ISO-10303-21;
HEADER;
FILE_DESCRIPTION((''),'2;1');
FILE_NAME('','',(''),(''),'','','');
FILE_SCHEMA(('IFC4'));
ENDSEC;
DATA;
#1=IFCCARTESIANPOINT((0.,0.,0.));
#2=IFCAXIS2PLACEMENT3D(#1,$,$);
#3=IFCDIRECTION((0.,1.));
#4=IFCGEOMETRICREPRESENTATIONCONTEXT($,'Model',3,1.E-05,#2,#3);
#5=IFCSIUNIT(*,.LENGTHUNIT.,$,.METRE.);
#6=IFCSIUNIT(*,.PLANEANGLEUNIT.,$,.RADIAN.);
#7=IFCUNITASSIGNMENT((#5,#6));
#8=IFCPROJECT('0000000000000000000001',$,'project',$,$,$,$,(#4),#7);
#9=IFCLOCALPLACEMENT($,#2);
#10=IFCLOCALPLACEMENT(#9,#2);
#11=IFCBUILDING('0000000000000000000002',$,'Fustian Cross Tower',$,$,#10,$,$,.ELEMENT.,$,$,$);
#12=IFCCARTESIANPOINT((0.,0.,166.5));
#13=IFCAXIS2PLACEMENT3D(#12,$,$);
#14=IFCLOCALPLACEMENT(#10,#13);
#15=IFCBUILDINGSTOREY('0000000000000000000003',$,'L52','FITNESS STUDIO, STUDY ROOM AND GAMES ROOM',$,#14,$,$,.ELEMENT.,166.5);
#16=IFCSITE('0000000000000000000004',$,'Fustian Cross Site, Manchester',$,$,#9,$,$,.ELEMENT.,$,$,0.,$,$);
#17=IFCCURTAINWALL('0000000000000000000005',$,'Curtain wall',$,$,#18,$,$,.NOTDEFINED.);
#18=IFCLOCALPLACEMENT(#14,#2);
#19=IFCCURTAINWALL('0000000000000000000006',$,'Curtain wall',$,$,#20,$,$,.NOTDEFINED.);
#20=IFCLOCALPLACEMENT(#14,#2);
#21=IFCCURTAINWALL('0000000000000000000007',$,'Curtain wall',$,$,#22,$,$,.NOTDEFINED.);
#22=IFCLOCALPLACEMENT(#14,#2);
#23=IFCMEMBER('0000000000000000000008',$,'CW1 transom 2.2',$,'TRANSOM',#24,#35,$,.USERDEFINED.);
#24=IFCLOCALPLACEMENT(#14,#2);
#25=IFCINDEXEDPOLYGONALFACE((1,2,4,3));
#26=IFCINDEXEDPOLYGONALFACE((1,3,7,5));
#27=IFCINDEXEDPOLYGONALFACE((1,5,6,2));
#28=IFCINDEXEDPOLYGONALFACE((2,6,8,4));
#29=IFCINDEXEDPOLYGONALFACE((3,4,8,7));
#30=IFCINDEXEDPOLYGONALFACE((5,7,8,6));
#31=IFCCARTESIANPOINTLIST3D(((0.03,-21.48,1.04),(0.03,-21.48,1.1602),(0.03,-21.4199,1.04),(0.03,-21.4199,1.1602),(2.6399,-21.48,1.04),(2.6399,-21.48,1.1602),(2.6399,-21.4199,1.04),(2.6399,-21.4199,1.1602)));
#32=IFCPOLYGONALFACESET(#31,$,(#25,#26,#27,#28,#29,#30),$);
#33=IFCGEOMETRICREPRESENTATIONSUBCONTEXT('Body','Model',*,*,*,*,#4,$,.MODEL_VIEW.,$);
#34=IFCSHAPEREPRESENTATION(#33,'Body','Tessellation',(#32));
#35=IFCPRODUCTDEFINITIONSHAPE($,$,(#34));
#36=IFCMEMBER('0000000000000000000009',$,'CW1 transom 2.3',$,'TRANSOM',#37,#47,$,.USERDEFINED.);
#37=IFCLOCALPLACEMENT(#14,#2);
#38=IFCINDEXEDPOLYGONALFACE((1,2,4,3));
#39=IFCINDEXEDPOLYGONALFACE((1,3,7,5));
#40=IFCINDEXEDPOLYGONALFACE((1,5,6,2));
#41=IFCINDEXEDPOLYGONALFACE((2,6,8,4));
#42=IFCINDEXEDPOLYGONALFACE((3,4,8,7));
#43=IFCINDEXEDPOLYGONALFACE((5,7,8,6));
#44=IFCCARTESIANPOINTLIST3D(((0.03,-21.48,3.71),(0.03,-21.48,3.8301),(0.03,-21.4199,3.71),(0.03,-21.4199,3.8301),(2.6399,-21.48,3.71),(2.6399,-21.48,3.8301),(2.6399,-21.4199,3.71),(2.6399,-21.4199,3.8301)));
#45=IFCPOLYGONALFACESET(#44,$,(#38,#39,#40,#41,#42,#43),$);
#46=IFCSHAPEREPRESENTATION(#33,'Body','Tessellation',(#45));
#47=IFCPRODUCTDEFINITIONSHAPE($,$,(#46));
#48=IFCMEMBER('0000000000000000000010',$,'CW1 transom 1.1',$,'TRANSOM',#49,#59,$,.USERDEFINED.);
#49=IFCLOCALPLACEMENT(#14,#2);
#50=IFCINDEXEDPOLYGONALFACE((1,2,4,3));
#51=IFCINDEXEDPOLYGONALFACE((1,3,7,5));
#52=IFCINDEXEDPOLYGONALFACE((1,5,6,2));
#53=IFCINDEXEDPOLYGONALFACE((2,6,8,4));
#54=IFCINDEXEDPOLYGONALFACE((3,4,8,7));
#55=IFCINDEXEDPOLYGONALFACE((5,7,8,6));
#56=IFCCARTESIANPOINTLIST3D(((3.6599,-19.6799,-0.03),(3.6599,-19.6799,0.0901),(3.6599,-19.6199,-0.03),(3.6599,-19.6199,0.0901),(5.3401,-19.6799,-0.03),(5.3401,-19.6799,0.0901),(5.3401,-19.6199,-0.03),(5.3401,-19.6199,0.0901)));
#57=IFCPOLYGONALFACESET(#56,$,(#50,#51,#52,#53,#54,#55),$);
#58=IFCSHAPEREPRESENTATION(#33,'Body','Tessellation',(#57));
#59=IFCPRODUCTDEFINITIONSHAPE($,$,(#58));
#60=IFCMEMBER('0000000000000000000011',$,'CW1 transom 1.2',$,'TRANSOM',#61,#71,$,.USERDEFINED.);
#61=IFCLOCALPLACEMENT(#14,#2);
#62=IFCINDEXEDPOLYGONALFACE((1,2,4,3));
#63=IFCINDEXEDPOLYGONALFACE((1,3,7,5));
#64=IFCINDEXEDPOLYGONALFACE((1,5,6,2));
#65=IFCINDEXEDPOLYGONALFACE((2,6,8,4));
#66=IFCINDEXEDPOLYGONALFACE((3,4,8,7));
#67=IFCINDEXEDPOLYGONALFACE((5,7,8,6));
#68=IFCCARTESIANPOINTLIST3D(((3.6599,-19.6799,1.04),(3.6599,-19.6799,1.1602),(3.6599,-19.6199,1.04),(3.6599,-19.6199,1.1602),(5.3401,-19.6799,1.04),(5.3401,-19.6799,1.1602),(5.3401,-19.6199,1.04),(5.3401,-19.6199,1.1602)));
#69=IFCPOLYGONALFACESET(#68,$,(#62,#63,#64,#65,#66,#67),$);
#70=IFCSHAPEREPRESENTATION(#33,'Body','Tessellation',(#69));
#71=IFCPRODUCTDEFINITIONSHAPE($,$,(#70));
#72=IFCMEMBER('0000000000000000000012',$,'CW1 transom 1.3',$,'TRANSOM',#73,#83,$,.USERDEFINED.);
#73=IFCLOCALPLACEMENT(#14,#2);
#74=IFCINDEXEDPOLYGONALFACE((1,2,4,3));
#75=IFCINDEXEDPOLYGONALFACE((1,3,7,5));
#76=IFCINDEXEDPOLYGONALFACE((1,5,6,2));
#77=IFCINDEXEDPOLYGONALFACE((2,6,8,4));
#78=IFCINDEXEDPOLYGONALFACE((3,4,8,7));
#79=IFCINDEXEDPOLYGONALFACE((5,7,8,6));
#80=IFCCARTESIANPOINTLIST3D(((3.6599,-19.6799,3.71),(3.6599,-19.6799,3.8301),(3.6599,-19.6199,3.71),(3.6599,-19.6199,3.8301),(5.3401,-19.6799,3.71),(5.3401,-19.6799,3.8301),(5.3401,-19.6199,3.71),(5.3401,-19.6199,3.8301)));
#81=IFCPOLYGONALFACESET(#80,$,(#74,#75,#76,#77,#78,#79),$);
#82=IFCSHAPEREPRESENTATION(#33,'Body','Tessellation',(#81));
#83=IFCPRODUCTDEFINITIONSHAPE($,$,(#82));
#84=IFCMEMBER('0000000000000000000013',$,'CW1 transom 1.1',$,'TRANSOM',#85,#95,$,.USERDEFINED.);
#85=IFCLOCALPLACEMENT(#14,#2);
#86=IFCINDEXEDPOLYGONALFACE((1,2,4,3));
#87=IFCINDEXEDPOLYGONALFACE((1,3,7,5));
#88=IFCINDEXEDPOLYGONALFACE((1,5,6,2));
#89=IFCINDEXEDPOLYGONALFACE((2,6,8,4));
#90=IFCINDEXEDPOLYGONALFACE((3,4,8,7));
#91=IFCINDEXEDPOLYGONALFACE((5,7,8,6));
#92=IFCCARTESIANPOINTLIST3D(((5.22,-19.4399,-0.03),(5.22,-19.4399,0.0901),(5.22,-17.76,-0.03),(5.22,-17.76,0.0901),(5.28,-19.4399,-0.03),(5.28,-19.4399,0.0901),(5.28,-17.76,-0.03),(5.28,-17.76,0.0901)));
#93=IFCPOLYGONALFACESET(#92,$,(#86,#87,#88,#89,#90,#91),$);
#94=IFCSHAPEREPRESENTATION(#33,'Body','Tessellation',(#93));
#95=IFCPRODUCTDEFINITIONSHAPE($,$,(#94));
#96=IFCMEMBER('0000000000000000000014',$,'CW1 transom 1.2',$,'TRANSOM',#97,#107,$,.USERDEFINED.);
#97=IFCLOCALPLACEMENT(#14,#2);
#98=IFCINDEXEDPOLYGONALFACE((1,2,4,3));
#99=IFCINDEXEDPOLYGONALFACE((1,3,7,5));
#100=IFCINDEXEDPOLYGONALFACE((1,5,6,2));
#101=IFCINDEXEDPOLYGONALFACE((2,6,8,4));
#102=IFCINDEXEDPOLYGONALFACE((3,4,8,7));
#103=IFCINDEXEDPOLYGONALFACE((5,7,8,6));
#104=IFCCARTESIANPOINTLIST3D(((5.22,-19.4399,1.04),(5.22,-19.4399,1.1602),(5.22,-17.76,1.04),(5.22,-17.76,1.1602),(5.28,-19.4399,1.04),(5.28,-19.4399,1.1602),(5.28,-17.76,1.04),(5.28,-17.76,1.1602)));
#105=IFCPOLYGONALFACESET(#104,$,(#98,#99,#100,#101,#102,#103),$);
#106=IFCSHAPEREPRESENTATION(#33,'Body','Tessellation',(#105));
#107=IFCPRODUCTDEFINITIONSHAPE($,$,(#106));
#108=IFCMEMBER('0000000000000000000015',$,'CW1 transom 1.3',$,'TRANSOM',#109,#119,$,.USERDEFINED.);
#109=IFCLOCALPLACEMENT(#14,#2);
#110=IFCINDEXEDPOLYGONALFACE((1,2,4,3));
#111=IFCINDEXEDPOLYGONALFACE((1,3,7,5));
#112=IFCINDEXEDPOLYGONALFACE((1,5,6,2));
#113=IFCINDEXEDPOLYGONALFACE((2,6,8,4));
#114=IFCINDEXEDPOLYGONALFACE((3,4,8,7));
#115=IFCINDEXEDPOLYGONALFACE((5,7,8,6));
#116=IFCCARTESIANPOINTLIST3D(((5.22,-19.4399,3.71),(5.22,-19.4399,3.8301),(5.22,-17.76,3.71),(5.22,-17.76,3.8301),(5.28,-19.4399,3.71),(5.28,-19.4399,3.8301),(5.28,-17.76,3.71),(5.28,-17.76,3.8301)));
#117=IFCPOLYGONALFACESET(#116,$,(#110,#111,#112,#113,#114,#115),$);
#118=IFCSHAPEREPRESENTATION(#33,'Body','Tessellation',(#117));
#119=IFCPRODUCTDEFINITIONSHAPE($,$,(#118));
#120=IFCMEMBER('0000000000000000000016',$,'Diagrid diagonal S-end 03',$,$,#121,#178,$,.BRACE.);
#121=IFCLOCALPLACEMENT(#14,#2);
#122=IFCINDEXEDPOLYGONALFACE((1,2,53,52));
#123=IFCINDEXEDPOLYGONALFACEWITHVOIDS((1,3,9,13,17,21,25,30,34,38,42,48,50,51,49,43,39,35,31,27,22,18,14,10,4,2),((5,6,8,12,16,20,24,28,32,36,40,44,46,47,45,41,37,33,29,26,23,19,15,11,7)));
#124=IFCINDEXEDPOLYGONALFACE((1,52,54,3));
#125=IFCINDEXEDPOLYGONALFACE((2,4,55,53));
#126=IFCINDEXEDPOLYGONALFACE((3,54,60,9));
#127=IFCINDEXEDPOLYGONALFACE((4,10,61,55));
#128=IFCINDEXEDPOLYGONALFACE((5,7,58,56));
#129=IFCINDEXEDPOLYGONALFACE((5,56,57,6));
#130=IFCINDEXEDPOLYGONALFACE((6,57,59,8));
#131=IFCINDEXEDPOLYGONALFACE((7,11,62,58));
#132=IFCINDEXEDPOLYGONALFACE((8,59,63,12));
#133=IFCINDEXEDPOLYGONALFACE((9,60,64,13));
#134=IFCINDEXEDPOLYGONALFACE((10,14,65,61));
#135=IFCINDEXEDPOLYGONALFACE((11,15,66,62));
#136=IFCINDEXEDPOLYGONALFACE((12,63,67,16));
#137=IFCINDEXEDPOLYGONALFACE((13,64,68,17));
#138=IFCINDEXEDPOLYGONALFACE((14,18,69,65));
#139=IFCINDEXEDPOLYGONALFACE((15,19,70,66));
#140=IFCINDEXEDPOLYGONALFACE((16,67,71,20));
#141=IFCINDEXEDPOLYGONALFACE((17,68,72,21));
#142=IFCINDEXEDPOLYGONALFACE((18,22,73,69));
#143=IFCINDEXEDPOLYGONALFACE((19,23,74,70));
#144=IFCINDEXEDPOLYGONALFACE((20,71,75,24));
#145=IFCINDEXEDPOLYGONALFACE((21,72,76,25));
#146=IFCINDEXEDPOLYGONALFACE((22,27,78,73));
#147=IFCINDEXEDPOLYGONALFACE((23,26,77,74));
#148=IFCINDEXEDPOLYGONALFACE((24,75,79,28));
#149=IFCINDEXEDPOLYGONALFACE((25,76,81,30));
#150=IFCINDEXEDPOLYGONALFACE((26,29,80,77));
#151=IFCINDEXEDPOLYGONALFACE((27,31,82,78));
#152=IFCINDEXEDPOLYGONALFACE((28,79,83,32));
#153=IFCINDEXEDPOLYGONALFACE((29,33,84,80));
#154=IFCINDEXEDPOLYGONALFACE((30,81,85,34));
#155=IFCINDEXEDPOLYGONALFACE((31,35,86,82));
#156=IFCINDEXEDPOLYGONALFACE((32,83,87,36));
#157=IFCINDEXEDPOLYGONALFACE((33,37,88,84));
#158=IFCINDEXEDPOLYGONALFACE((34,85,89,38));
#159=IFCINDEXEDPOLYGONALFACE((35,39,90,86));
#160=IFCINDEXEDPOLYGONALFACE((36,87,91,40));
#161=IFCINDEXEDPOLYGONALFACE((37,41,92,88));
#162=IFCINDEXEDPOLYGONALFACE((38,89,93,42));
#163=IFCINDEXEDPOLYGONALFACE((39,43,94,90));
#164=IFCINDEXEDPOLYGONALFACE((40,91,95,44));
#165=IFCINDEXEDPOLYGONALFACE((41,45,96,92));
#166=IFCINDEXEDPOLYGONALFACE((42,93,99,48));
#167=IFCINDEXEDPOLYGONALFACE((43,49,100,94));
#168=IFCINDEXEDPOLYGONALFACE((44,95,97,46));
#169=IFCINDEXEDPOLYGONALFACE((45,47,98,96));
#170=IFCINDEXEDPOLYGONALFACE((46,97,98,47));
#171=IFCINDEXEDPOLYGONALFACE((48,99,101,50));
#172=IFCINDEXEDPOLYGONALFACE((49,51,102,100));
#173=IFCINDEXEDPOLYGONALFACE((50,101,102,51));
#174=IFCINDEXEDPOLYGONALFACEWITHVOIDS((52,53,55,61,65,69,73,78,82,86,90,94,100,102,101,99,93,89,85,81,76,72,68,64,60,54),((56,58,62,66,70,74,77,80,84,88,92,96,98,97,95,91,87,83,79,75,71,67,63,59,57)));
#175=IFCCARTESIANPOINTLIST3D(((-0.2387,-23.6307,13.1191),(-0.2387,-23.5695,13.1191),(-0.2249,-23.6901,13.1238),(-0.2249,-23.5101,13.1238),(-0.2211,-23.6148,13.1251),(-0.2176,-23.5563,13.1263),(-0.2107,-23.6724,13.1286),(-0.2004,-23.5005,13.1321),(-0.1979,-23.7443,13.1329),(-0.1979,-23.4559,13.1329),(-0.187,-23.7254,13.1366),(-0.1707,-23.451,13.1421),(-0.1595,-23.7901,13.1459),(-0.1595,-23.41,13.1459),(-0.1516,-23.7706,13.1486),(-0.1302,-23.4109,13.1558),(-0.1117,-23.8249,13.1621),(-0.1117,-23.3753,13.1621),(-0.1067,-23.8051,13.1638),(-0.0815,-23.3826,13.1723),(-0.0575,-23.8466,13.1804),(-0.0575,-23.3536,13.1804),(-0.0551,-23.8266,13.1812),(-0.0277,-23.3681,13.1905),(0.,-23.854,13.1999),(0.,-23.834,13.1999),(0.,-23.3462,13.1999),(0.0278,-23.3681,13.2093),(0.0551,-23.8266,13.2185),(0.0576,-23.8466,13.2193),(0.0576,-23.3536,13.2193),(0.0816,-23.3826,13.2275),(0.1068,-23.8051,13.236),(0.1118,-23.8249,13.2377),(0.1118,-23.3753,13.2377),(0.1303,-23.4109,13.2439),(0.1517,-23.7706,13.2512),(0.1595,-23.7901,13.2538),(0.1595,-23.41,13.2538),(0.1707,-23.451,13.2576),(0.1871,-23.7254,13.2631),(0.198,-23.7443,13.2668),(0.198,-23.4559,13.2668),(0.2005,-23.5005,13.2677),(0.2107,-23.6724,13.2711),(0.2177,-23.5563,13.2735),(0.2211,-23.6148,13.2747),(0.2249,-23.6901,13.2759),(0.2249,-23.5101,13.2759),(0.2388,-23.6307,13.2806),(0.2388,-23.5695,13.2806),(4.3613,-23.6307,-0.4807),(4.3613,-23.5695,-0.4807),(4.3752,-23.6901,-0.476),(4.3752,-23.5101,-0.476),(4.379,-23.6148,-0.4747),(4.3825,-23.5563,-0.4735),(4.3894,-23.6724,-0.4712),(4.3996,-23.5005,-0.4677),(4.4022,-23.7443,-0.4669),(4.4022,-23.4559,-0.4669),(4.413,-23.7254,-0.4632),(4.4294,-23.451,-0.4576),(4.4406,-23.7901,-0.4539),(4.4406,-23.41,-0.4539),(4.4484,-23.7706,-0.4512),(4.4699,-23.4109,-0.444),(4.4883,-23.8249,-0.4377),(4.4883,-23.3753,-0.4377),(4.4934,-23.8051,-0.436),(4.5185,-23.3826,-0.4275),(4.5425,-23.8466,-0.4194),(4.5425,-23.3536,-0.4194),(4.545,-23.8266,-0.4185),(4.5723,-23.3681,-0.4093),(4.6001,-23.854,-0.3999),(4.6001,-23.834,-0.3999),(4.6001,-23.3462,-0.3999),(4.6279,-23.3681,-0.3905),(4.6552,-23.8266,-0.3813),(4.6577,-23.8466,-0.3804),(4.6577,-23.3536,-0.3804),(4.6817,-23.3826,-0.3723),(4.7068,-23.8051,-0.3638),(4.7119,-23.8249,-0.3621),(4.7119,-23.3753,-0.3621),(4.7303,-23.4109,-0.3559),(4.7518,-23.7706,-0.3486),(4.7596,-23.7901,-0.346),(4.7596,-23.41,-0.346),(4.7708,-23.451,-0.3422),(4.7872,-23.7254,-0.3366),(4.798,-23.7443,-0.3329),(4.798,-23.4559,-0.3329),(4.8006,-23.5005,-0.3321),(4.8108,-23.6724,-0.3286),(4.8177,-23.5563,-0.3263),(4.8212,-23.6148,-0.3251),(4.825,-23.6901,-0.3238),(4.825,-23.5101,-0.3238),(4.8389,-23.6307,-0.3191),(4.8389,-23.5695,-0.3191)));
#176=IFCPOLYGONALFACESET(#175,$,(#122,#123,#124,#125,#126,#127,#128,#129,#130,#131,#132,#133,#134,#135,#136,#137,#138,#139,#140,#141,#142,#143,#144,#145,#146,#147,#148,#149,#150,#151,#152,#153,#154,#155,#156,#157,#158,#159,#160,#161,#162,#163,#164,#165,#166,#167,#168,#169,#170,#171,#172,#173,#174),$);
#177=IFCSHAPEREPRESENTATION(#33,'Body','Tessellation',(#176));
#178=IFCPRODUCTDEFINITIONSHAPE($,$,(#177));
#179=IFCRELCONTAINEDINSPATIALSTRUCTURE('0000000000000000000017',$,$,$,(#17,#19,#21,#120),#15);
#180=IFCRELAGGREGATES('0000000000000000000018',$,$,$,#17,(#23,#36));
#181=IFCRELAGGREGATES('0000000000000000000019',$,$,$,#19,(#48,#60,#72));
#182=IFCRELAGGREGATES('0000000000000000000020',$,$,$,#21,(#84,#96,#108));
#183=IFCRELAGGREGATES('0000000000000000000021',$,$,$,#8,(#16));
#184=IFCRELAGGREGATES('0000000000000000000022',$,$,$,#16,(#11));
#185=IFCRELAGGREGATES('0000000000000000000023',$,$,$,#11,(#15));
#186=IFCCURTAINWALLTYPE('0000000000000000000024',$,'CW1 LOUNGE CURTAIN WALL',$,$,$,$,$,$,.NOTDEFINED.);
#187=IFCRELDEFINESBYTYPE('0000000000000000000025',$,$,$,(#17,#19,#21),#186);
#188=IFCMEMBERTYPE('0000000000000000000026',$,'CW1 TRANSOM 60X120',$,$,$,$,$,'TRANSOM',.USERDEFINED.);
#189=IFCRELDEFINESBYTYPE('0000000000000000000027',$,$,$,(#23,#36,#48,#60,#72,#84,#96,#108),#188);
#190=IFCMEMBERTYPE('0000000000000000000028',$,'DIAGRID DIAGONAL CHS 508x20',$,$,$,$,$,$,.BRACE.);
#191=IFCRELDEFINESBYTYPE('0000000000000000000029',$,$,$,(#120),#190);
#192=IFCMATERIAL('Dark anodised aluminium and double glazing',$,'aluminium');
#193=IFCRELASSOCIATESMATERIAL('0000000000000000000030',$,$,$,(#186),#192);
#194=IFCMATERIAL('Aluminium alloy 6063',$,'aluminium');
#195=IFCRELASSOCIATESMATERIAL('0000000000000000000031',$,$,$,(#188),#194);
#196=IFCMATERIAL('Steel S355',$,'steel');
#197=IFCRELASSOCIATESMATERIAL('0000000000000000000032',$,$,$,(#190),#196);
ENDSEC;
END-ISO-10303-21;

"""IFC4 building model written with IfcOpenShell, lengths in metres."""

from ifc_helpers import new_model, si_unit, direction, frame, origin, origin_2d, place, context, subcontext, project, spatial, rectangle, hollow_circle, extrude, material, material_profile, profile_set, type_object, element, aggregate, save


model = new_model("IFC4")

# Units and contexts
model_context = context("Model", 3, precision=1e-05, world=origin(), true_north=direction((0.0, 1.0)))
body_context = subcontext(model_context, "Body", "Model", "MODEL_VIEW")
ifc_project = project(units=[si_unit("LENGTHUNIT", "METRE"), si_unit("PLANEANGLEUNIT", "RADIAN")], contexts=[model_context])

# Site, building, storey
site_placement = place(None, origin())
site = spatial("IfcSite", under=ifc_project, at=site_placement, Name="Fustian Cross Site, Manchester", CompositionType="ELEMENT", RefElevation=0.0)
building_placement = place(site_placement, origin())
building = spatial("IfcBuilding", under=site, at=building_placement, Name="Fustian Cross Tower", CompositionType="ELEMENT")
storey_placement = place(building_placement, frame((0.0, 0.0, 166.5)))
storey = spatial("IfcBuildingStorey", under=building, at=storey_placement, Name="L52", Description="FITNESS STUDIO, STUDY ROOM AND GAMES ROOM", CompositionType="ELEMENT", Elevation=166.5)

# Shared definitions
ifc_material_1 = material(Name="Dark anodised aluminium and double glazing", Category="aluminium")
curtain_wall_type = type_object("IfcCurtainWallType", Name="CW1 LOUNGE CURTAIN WALL", PredefinedType="NOTDEFINED", material=ifc_material_1)

# Curtain walls
curtain_wall_1_placement = place(storey_placement, origin())
curtain_wall_1 = element("IfcCurtainWall", 1, at=curtain_wall_1_placement, inside=storey, type_object=curtain_wall_type, Name="Curtain wall", PredefinedType="NOTDEFINED")
curtain_wall_2_placement = place(storey_placement, origin())
curtain_wall_2 = element("IfcCurtainWall", 2, at=curtain_wall_2_placement, inside=storey, type_object=curtain_wall_type, Name="Curtain wall", PredefinedType="NOTDEFINED")
curtain_wall_3_placement = place(storey_placement, origin())
curtain_wall_3 = element("IfcCurtainWall", 3, at=curtain_wall_3_placement, inside=storey, type_object=curtain_wall_type, Name="Curtain wall", PredefinedType="NOTDEFINED")

# Members
ifc_material_2 = material(Name="Aluminium alloy 6063", Category="aluminium")
ifc_material_profile_1 = material_profile(ifc_material_2, rectangle(XDim=0.0601, YDim=0.1201, at=origin_2d()), Name="CW1 TRANSOM 60X120")
ifc_profile_set_1 = profile_set([ifc_material_profile_1], Name="Aluminium alloy 6063")
member_type_1 = type_object("IfcMemberType", Name="CW1 TRANSOM 60X120", ElementType="TRANSOM", PredefinedType="USERDEFINED", material=ifc_profile_set_1)
member_1_placement = place(storey_placement, frame((0.03, -21.45, 1.1001), z_axis=(1.0, 0.0, 0.0), x_axis=(0.0, 1.0, 0.0)))
member_1 = element("IfcMember", 4, at=member_1_placement, type_object=member_type_1, Name="CW1 transom 2.2", ObjectType="TRANSOM", PredefinedType="USERDEFINED", context=body_context, shape_type="SweptSolid", body=[
    extrude(rectangle(XDim=0.0601, YDim=0.1201, at=origin_2d()), origin(), (0.0, 0.0, 1.0), 2.6099),
])
member_2_placement = place(storey_placement, frame((0.03, -21.45, 3.77), z_axis=(1.0, 0.0, 0.0), x_axis=(0.0, 1.0, 0.0)))
member_2 = element("IfcMember", 5, at=member_2_placement, type_object=member_type_1, Name="CW1 transom 2.3", ObjectType="TRANSOM", PredefinedType="USERDEFINED", context=body_context, shape_type="SweptSolid", body=[
    extrude(rectangle(XDim=0.0601, YDim=0.1201, at=origin_2d()), origin(), (0.0, 0.0, 1.0), 2.6099),
])
member_3_placement = place(storey_placement, frame((3.6599, -19.6499, 0.03), z_axis=(1.0, 0.0, 0.0), x_axis=(0.0, 1.0, 0.0)))
member_3 = element("IfcMember", 6, at=member_3_placement, type_object=member_type_1, Name="CW1 transom 1.1", ObjectType="TRANSOM", PredefinedType="USERDEFINED", context=body_context, shape_type="SweptSolid", body=[
    extrude(rectangle(XDim=0.0601, YDim=0.1201, at=origin_2d()), origin(), (0.0, 0.0, 1.0), 1.6802),
])
member_4_placement = place(storey_placement, frame((3.6599, -19.6499, 1.1001), z_axis=(1.0, 0.0, 0.0), x_axis=(0.0, 1.0, 0.0)))
member_4 = element("IfcMember", 7, at=member_4_placement, type_object=member_type_1, Name="CW1 transom 1.2", ObjectType="TRANSOM", PredefinedType="USERDEFINED", context=body_context, shape_type="SweptSolid", body=[
    extrude(rectangle(XDim=0.0601, YDim=0.1201, at=origin_2d()), origin(), (0.0, 0.0, 1.0), 1.6802),
])
member_5_placement = place(storey_placement, frame((3.6599, -19.6499, 3.77), z_axis=(1.0, 0.0, 0.0), x_axis=(0.0, 1.0, 0.0)))
member_5 = element("IfcMember", 8, at=member_5_placement, type_object=member_type_1, Name="CW1 transom 1.3", ObjectType="TRANSOM", PredefinedType="USERDEFINED", context=body_context, shape_type="SweptSolid", body=[
    extrude(rectangle(XDim=0.0601, YDim=0.1201, at=origin_2d()), origin(), (0.0, 0.0, 1.0), 1.6802),
])
member_6_placement = place(storey_placement, frame((5.25, -19.4399, 0.03), z_axis=(0.0, 1.0, 0.0), x_axis=(-1.0, 0.0, 0.0)))
member_6 = element("IfcMember", 9, at=member_6_placement, type_object=member_type_1, Name="CW1 transom 1.1", ObjectType="TRANSOM", PredefinedType="USERDEFINED", context=body_context, shape_type="SweptSolid", body=[
    extrude(rectangle(XDim=0.0601, YDim=0.1201, at=origin_2d()), origin(), (0.0, 0.0, 1.0), 1.6799),
])
member_7_placement = place(storey_placement, frame((5.25, -19.4399, 1.1001), z_axis=(0.0, 1.0, 0.0), x_axis=(-1.0, 0.0, 0.0)))
member_7 = element("IfcMember", 10, at=member_7_placement, type_object=member_type_1, Name="CW1 transom 1.2", ObjectType="TRANSOM", PredefinedType="USERDEFINED", context=body_context, shape_type="SweptSolid", body=[
    extrude(rectangle(XDim=0.0601, YDim=0.1201, at=origin_2d()), origin(), (0.0, 0.0, 1.0), 1.6799),
])
member_8_placement = place(storey_placement, frame((5.25, -19.4399, 3.77), z_axis=(0.0, 1.0, 0.0), x_axis=(-1.0, 0.0, 0.0)))
member_8 = element("IfcMember", 11, at=member_8_placement, type_object=member_type_1, Name="CW1 transom 1.3", ObjectType="TRANSOM", PredefinedType="USERDEFINED", context=body_context, shape_type="SweptSolid", body=[
    extrude(rectangle(XDim=0.0601, YDim=0.1201, at=origin_2d()), origin(), (0.0, 0.0, 1.0), 1.6799),
])

# Member
ifc_material_3 = material(Name="Steel S355", Category="steel")
ifc_material_profile_2 = material_profile(ifc_material_3, hollow_circle(Radius=0.2539, WallThickness=0.02, at=origin_2d()), Name="CHS 508x20")
ifc_profile_set_2 = profile_set([ifc_material_profile_2], Name="Steel S355")
member_type_2 = type_object("IfcMemberType", Name="DIAGRID DIAGONAL CHS 508x20", PredefinedType="BRACE", material=ifc_profile_set_2)
member_9_placement = place(storey_placement, frame((4.6001, -23.6001, -0.3999), z_axis=(-0.320413, 0.0, 0.947278), x_axis=(0.0, -1.0, 0.0)))
element("IfcMember", 12, at=member_9_placement, inside=storey, type_object=member_type_2, Name="Diagrid diagonal S-end 03", PredefinedType="BRACE", context=body_context, shape_type="SweptSolid", body=[
    extrude(hollow_circle(Radius=0.2539, WallThickness=0.02, at=origin_2d()), origin(), (0.0, 0.0, 1.0), 14.3567),
])

aggregate(curtain_wall_1, [member_1, member_2])
aggregate(curtain_wall_2, [member_3, member_4, member_5])
aggregate(curtain_wall_3, [member_6, member_7, member_8])

save(model, "model.ifc")
